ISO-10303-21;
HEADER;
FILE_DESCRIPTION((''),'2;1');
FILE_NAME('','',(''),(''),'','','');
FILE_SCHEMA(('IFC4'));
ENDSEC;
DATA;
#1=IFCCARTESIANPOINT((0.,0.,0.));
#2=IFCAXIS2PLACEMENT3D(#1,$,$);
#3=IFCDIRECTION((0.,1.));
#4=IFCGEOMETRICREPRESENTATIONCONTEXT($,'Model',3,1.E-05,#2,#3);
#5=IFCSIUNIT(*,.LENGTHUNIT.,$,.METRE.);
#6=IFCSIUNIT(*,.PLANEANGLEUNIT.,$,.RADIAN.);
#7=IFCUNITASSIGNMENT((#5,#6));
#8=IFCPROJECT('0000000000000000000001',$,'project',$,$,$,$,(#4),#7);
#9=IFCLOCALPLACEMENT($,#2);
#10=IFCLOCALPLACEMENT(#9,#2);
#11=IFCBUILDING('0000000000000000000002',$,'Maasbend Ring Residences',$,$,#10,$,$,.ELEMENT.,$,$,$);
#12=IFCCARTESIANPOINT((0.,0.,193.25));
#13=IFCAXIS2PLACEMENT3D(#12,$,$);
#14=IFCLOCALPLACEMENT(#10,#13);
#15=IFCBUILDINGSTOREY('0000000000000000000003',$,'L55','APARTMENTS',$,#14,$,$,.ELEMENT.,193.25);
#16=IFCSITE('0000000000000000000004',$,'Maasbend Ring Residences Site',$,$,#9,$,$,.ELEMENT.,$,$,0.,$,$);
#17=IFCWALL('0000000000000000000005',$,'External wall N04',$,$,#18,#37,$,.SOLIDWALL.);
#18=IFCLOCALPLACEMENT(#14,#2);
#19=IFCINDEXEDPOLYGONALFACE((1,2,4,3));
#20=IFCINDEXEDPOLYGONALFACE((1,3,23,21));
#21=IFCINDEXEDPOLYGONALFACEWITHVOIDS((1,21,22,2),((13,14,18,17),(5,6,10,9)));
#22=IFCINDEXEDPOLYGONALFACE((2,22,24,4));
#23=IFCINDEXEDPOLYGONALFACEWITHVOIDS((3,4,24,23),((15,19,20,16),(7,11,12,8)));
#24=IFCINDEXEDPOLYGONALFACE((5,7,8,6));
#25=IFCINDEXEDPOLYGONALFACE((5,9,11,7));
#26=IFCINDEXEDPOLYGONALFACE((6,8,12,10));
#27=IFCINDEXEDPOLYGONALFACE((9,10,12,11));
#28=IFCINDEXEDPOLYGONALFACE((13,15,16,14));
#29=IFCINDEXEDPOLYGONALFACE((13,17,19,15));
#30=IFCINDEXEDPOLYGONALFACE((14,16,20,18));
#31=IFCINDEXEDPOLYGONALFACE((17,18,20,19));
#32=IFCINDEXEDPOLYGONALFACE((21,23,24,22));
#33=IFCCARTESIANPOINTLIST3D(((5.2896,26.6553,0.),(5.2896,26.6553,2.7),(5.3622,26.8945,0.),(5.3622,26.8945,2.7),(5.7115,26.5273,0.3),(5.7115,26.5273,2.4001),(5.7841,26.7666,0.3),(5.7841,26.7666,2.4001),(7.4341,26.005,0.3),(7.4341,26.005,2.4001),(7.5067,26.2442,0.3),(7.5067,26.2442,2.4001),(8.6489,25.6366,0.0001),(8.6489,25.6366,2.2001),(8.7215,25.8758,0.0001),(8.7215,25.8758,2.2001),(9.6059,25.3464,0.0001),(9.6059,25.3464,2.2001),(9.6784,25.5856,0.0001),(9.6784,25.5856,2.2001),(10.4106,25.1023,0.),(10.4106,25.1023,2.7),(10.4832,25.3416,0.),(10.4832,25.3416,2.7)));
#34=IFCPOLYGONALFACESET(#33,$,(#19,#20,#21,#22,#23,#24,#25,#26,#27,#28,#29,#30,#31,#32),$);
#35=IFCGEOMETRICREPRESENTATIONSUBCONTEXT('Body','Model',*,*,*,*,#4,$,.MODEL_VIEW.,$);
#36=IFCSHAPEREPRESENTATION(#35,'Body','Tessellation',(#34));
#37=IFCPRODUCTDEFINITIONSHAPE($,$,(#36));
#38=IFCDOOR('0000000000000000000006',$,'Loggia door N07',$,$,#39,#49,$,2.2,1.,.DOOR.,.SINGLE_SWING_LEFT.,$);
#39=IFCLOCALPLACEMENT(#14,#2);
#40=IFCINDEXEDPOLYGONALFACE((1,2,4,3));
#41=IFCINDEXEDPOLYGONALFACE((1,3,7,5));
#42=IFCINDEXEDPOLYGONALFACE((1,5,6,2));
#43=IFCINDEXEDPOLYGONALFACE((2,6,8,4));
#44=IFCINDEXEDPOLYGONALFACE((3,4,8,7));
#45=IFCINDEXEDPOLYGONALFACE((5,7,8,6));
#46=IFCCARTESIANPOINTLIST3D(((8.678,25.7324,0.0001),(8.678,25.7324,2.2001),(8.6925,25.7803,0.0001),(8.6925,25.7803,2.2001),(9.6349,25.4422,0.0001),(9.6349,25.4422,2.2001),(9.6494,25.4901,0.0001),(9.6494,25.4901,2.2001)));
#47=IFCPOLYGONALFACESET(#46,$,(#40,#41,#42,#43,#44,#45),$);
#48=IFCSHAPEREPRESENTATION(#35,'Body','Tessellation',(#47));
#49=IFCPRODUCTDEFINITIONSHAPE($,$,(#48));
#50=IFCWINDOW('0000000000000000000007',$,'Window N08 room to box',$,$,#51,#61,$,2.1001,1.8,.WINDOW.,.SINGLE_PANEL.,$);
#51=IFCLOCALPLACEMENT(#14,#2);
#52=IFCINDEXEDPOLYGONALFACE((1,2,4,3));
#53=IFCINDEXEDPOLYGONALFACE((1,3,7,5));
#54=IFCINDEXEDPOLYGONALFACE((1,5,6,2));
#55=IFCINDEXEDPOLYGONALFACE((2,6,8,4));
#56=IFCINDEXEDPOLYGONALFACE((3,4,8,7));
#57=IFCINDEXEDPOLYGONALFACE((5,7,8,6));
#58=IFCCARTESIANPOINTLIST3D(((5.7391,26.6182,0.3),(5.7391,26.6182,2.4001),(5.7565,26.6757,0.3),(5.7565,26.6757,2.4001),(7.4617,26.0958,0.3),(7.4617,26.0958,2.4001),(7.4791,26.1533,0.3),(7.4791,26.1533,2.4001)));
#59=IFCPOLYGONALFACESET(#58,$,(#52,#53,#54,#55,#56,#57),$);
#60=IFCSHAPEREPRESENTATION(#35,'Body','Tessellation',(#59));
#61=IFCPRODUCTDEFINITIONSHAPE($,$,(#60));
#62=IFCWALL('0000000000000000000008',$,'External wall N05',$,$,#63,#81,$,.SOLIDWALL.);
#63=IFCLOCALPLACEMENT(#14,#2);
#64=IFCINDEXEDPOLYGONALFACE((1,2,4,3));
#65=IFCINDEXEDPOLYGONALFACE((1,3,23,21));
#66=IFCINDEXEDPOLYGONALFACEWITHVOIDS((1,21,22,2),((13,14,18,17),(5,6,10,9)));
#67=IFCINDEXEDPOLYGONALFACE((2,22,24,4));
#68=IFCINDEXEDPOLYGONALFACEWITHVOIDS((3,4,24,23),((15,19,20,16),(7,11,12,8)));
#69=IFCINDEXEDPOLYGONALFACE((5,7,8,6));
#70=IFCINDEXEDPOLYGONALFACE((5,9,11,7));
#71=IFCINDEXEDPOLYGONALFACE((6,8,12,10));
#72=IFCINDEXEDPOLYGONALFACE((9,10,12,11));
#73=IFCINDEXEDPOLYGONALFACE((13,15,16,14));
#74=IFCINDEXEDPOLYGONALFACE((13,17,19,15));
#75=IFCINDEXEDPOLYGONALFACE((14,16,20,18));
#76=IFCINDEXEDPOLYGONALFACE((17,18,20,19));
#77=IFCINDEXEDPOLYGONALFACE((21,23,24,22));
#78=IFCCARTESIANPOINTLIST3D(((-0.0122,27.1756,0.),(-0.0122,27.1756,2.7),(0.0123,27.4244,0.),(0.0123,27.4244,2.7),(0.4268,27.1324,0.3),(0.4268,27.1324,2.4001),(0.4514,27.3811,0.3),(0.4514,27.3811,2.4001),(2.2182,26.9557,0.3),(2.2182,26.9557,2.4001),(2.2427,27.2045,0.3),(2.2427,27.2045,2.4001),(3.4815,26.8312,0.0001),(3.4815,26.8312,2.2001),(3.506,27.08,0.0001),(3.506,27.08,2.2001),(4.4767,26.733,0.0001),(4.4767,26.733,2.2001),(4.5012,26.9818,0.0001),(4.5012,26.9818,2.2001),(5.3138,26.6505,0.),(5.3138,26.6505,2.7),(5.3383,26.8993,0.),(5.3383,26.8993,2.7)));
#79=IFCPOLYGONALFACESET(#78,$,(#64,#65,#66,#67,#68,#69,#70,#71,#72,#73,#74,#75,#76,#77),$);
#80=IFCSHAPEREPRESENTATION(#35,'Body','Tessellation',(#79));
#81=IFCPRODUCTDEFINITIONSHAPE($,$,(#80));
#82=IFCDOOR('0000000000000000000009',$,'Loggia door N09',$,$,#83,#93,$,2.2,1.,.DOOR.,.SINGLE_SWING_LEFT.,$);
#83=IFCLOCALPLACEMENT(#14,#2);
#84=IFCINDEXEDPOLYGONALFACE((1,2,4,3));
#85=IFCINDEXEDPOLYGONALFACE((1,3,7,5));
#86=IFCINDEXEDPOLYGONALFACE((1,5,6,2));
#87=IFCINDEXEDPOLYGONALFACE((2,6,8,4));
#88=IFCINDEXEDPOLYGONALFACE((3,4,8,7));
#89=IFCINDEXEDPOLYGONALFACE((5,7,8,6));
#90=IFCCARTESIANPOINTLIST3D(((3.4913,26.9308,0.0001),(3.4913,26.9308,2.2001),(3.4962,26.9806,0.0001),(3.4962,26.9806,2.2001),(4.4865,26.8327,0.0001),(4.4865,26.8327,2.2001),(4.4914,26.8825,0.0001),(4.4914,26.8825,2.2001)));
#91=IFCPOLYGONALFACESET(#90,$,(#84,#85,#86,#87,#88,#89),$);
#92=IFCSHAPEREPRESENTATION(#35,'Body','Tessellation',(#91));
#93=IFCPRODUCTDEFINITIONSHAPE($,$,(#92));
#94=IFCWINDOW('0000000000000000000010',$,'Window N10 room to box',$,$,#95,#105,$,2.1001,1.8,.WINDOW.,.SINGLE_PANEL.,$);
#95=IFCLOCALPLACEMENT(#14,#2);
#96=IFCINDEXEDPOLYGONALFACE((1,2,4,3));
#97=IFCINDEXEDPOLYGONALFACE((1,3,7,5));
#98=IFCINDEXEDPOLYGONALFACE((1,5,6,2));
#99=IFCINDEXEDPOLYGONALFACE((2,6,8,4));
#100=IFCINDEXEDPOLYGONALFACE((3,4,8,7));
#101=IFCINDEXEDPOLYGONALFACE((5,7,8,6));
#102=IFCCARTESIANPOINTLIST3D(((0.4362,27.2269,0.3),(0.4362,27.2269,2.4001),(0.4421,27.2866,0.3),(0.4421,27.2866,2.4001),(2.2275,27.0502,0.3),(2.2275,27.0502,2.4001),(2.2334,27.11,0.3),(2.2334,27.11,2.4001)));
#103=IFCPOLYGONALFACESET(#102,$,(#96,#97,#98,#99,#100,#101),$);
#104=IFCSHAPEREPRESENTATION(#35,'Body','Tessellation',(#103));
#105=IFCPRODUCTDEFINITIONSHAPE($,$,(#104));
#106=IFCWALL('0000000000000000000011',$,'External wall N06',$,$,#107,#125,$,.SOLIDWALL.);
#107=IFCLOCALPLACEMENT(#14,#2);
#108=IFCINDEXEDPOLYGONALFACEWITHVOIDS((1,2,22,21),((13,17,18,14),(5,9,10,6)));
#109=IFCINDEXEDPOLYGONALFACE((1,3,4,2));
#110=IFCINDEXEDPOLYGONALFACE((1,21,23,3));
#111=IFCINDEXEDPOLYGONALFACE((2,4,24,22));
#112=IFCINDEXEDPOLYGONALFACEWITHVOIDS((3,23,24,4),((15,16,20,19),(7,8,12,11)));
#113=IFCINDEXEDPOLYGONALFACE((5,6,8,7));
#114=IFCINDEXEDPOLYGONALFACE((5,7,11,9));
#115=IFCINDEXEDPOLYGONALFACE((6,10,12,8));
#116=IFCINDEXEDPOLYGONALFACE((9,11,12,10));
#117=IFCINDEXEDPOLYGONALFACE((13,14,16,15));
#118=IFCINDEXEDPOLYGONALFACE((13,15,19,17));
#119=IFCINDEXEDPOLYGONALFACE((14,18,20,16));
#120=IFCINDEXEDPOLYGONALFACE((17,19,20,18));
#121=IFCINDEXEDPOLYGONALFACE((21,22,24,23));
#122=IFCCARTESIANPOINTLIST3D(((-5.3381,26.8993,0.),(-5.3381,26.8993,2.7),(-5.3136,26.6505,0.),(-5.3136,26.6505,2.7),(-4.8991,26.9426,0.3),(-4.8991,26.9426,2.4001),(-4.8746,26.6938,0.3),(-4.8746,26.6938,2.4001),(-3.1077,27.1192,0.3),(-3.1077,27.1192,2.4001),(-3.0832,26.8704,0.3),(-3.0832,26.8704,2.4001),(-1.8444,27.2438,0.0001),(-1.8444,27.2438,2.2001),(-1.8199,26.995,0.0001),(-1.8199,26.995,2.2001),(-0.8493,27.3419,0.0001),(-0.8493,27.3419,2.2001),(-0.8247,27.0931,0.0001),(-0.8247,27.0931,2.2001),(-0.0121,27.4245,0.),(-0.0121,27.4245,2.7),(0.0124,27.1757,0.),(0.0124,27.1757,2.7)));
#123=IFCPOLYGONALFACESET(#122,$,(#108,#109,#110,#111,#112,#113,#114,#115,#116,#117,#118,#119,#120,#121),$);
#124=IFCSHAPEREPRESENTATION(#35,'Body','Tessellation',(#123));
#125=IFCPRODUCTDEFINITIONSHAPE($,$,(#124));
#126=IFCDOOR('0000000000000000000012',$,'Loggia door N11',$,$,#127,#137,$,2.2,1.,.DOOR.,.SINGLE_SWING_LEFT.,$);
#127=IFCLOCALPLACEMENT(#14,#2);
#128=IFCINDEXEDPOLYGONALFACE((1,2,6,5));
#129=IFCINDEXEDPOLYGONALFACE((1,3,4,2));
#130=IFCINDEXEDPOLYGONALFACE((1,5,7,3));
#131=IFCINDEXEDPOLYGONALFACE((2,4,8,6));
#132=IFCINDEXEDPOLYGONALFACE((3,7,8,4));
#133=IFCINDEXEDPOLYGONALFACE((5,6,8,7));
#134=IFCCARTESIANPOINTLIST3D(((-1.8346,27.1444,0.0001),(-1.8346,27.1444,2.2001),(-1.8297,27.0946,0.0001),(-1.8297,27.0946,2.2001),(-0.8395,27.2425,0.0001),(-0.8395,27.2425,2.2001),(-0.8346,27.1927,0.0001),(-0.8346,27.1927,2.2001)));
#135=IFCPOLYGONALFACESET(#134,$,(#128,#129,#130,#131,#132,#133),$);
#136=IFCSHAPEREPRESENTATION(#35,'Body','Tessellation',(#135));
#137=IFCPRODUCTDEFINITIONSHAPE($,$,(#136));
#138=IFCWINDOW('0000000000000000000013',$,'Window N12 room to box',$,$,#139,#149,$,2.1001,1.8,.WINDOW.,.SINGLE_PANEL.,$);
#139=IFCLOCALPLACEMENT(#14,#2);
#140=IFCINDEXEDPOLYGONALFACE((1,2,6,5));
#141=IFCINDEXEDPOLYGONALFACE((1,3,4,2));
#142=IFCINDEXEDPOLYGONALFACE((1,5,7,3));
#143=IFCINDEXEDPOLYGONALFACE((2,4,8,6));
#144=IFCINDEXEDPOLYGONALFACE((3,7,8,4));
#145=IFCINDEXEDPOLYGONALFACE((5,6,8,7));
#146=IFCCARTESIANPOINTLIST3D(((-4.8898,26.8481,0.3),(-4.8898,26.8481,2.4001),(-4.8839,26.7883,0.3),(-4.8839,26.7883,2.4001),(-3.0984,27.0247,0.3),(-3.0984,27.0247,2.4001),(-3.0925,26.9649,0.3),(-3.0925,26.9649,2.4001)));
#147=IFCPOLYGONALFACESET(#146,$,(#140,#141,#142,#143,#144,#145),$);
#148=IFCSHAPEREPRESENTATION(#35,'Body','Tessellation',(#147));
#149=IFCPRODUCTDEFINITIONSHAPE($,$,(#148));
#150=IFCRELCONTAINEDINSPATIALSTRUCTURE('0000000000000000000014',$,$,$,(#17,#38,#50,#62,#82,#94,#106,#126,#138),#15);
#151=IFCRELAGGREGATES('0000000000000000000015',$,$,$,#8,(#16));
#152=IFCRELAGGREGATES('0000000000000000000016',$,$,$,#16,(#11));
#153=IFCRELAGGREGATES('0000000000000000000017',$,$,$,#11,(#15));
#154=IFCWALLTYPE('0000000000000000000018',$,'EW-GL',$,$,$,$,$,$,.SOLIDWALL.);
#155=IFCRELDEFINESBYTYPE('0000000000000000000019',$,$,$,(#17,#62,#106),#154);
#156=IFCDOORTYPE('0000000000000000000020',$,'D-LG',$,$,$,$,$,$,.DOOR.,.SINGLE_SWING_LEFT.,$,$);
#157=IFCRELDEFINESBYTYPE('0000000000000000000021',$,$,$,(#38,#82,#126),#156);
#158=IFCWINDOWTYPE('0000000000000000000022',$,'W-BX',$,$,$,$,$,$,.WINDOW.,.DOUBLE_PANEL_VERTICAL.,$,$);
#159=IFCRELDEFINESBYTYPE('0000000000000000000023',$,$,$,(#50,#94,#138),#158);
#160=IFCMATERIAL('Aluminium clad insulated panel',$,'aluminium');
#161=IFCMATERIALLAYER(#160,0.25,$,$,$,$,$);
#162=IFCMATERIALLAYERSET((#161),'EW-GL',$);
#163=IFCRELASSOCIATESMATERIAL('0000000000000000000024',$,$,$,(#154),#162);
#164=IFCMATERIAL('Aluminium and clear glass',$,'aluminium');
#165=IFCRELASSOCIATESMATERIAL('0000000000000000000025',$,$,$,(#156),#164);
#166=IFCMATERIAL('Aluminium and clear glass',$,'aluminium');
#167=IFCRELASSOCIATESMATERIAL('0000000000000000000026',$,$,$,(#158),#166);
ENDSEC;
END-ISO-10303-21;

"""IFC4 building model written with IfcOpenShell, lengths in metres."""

from ifc_helpers import new_model, si_unit, direction, frame, frame_2d, origin, place, context, subcontext, project, spatial, rectangle, extrude, material, layer, layer_set, type_object, element, fill, save


model = new_model("IFC4")

# Units and contexts
model_context = context("Model", 3, precision=1e-05, world=origin(), true_north=direction((0.0, 1.0)))
body_context = subcontext(model_context, "Body", "Model", "MODEL_VIEW")
ifc_project = project(units=[si_unit("LENGTHUNIT", "METRE"), si_unit("PLANEANGLEUNIT", "RADIAN")], contexts=[model_context])

# Site, building, storey
site_placement = place(None, origin())
site = spatial("IfcSite", under=ifc_project, at=site_placement, Name="Maasbend Ring Residences Site", CompositionType="ELEMENT", RefElevation=0.0)
building_placement = place(site_placement, origin())
building = spatial("IfcBuilding", under=site, at=building_placement, Name="Maasbend Ring Residences", CompositionType="ELEMENT")
storey_placement = place(building_placement, frame((0.0, 0.0, 193.25)))
storey = spatial("IfcBuildingStorey", under=building, at=storey_placement, Name="L55", Description="APARTMENTS", CompositionType="ELEMENT", Elevation=193.25)

# Walls, openings, doors, windows
ifc_material_1 = material(Name="Aluminium clad insulated panel", Category="aluminium")
ifc_layer_1 = layer(ifc_material_1, 0.25)
ifc_layer_set_1 = layer_set([ifc_layer_1], Name="EW-GL")
wall_type_1 = type_object("IfcWallType", Name="EW-GL", PredefinedType="SOLIDWALL", material=ifc_layer_set_1)
wall_1_placement = place(storey_placement, frame((10.447, 25.2219, 0.0), z_axis=(0.0, 0.0, 1.0), x_axis=(-0.956966, 0.290201, 0.0)))
wall_1 = element("IfcWall", 1, at=wall_1_placement, inside=storey, type_object=wall_type_1, Name="External wall N04", PredefinedType="SOLIDWALL", context=body_context, shape_type="SweptSolid", body=[
    extrude(rectangle(XDim=5.3513, YDim=0.25, at=frame_2d((2.6758, 0.0))), origin(), (0.0, 0.0, 1.0), 2.7),
])
opening_1_placement = place(wall_1_placement, frame((0.8411, 0.0, 0.0)))
opening_1 = element("IfcOpeningElement", 2, at=opening_1_placement, cuts=wall_1, PredefinedType="OPENING", context=body_context, shape_type="SweptSolid", body=[
    extrude(rectangle(XDim=1.0, YDim=2.2, at=frame_2d((0.5, 1.1001))), frame((0.0, 0.135, 0.0), z_axis=(0.0, -1.0, 0.0), x_axis=(1.0, 0.0, 0.0)), (0.0, 0.0, 1.0), 0.27),
])
opening_2_placement = place(wall_1_placement, frame((3.1106, 0.0, 0.3)))
opening_2 = element("IfcOpeningElement", 3, at=opening_2_placement, cuts=wall_1, PredefinedType="OPENING", context=body_context, shape_type="SweptSolid", body=[
    extrude(rectangle(XDim=1.8, YDim=2.1001, at=frame_2d((0.8999, 1.05))), frame((0.0, 0.135, 0.0), z_axis=(0.0, -1.0, 0.0), x_axis=(1.0, 0.0, 0.0)), (0.0, 0.0, 1.0), 0.27),
])
ifc_material_2 = material(Name="Aluminium and clear glass", Category="aluminium")
door_type_1 = type_object("IfcDoorType", Name="D-LG", OperationType="SINGLE_SWING_LEFT", PredefinedType="DOOR", material=ifc_material_2)
door_1_placement = place(opening_1_placement, origin())
door_1 = element("IfcDoor", 4, at=door_1_placement, inside=storey, type_object=door_type_1, Name="Loggia door N07", OperationType="SINGLE_SWING_LEFT", OverallHeight=2.2, OverallWidth=1.0, PredefinedType="DOOR", context=body_context, shape_type="SweptSolid", body=[
    extrude(rectangle(XDim=1.0, YDim=2.2, at=frame_2d((0.5, 1.1001))), frame((0.0, 0.0249, 0.0), z_axis=(0.0, -1.0, 0.0), x_axis=(1.0, 0.0, 0.0)), (0.0, 0.0, 1.0), 0.05),
])
fill(opening_1, door_1)
ifc_material_3 = material(Name="Aluminium and clear glass", Category="aluminium")
window_type_1 = type_object("IfcWindowType", Name="W-BX", PartitioningType="DOUBLE_PANEL_VERTICAL", PredefinedType="WINDOW", material=ifc_material_3)
window_1_placement = place(opening_2_placement, origin())
window_1 = element("IfcWindow", 5, at=window_1_placement, inside=storey, type_object=window_type_1, Name="Window N08 room to box", OverallHeight=2.1001, OverallWidth=1.8, PartitioningType="SINGLE_PANEL", PredefinedType="WINDOW", context=body_context, shape_type="SweptSolid", body=[
    extrude(rectangle(XDim=1.8, YDim=2.1001, at=frame_2d((0.8999, 1.05))), frame((0.0, 0.03, 0.0), z_axis=(0.0, -1.0, 0.0), x_axis=(1.0, 0.0, 0.0)), (0.0, 0.0, 1.0), 0.0601),
])
fill(opening_2, window_1)
wall_2_placement = place(storey_placement, frame((5.3259, 26.7749, 0.0), z_axis=(0.0, 0.0, 1.0), x_axis=(-0.995174, 0.098126, 0.0)))
wall_2 = element("IfcWall", 6, at=wall_2_placement, inside=storey, type_object=wall_type_1, Name="External wall N05", PredefinedType="SOLIDWALL", context=body_context, shape_type="SweptSolid", body=[
    extrude(rectangle(XDim=5.3518, YDim=0.25, at=frame_2d((2.6758, 0.0))), origin(), (0.0, 0.0, 1.0), 2.7),
])
opening_3_placement = place(wall_2_placement, frame((0.8411, 0.0, 0.0)))
opening_3 = element("IfcOpeningElement", 7, at=opening_3_placement, cuts=wall_2, PredefinedType="OPENING", context=body_context, shape_type="SweptSolid", body=[
    extrude(rectangle(XDim=1.0, YDim=2.2, at=frame_2d((0.5, 1.1001))), frame((0.0, 0.135, 0.0), z_axis=(0.0, -1.0, 0.0), x_axis=(1.0, 0.0, 0.0)), (0.0, 0.0, 1.0), 0.27),
])
opening_4_placement = place(wall_2_placement, frame((3.1106, 0.0, 0.3)))
opening_4 = element("IfcOpeningElement", 8, at=opening_4_placement, cuts=wall_2, PredefinedType="OPENING", context=body_context, shape_type="SweptSolid", body=[
    extrude(rectangle(XDim=1.8, YDim=2.1001, at=frame_2d((0.8999, 1.05))), frame((0.0, 0.135, 0.0), z_axis=(0.0, -1.0, 0.0), x_axis=(1.0, 0.0, 0.0)), (0.0, 0.0, 1.0), 0.27),
])
door_2_placement = place(opening_3_placement, origin())
door_2 = element("IfcDoor", 9, at=door_2_placement, inside=storey, type_object=door_type_1, Name="Loggia door N09", OperationType="SINGLE_SWING_LEFT", OverallHeight=2.2, OverallWidth=1.0, PredefinedType="DOOR", context=body_context, shape_type="SweptSolid", body=[
    extrude(rectangle(XDim=1.0, YDim=2.2, at=frame_2d((0.5, 1.1001))), frame((0.0, 0.0249, 0.0), z_axis=(0.0, -1.0, 0.0), x_axis=(1.0, 0.0, 0.0)), (0.0, 0.0, 1.0), 0.05),
])
fill(opening_3, door_2)
window_2_placement = place(opening_4_placement, origin())
window_2 = element("IfcWindow", 10, at=window_2_placement, inside=storey, type_object=window_type_1, Name="Window N10 room to box", OverallHeight=2.1001, OverallWidth=1.8, PartitioningType="SINGLE_PANEL", PredefinedType="WINDOW", context=body_context, shape_type="SweptSolid", body=[
    extrude(rectangle(XDim=1.8, YDim=2.1001, at=frame_2d((0.8999, 1.05))), frame((0.0, 0.03, 0.0), z_axis=(0.0, -1.0, 0.0), x_axis=(1.0, 0.0, 0.0)), (0.0, 0.0, 1.0), 0.0601),
])
fill(opening_4, window_2)
wall_3_placement = place(storey_placement, frame((0.0, 27.3, 0.0), z_axis=(0.0, 0.0, 1.0), x_axis=(-0.995174, -0.098126, 0.0)))
wall_3 = element("IfcWall", 11, at=wall_3_placement, inside=storey, type_object=wall_type_1, Name="External wall N06", PredefinedType="SOLIDWALL", context=body_context, shape_type="SweptSolid", body=[
    extrude(rectangle(XDim=5.3518, YDim=0.25, at=frame_2d((2.6758, 0.0))), origin(), (0.0, 0.0, 1.0), 2.7),
])
opening_5_placement = place(wall_3_placement, frame((0.8411, 0.0, 0.0)))
opening_5 = element("IfcOpeningElement", 12, at=opening_5_placement, cuts=wall_3, PredefinedType="OPENING", context=body_context, shape_type="SweptSolid", body=[
    extrude(rectangle(XDim=1.0, YDim=2.2, at=frame_2d((0.5, 1.1001))), frame((0.0, 0.135, 0.0), z_axis=(0.0, -1.0, 0.0), x_axis=(1.0, 0.0, 0.0)), (0.0, 0.0, 1.0), 0.27),
])
opening_6_placement = place(wall_3_placement, frame((3.1106, 0.0, 0.3)))
opening_6 = element("IfcOpeningElement", 13, at=opening_6_placement, cuts=wall_3, PredefinedType="OPENING", context=body_context, shape_type="SweptSolid", body=[
    extrude(rectangle(XDim=1.8, YDim=2.1001, at=frame_2d((0.8999, 1.05))), frame((0.0, 0.135, 0.0), z_axis=(0.0, -1.0, 0.0), x_axis=(1.0, 0.0, 0.0)), (0.0, 0.0, 1.0), 0.27),
])
door_3_placement = place(opening_5_placement, origin())
door_3 = element("IfcDoor", 14, at=door_3_placement, inside=storey, type_object=door_type_1, Name="Loggia door N11", OperationType="SINGLE_SWING_LEFT", OverallHeight=2.2, OverallWidth=1.0, PredefinedType="DOOR", context=body_context, shape_type="SweptSolid", body=[
    extrude(rectangle(XDim=1.0, YDim=2.2, at=frame_2d((0.5, 1.1001))), frame((0.0, 0.0249, 0.0), z_axis=(0.0, -1.0, 0.0), x_axis=(1.0, 0.0, 0.0)), (0.0, 0.0, 1.0), 0.05),
])
fill(opening_5, door_3)
window_3_placement = place(opening_6_placement, origin())
window_3 = element("IfcWindow", 15, at=window_3_placement, inside=storey, type_object=window_type_1, Name="Window N12 room to box", OverallHeight=2.1001, OverallWidth=1.8, PartitioningType="SINGLE_PANEL", PredefinedType="WINDOW", context=body_context, shape_type="SweptSolid", body=[
    extrude(rectangle(XDim=1.8, YDim=2.1001, at=frame_2d((0.8999, 1.05))), frame((0.0, 0.03, 0.0), z_axis=(0.0, -1.0, 0.0), x_axis=(1.0, 0.0, 0.0)), (0.0, 0.0, 1.0), 0.0601),
])
fill(opening_6, window_3)

save(model, "model.ifc")
